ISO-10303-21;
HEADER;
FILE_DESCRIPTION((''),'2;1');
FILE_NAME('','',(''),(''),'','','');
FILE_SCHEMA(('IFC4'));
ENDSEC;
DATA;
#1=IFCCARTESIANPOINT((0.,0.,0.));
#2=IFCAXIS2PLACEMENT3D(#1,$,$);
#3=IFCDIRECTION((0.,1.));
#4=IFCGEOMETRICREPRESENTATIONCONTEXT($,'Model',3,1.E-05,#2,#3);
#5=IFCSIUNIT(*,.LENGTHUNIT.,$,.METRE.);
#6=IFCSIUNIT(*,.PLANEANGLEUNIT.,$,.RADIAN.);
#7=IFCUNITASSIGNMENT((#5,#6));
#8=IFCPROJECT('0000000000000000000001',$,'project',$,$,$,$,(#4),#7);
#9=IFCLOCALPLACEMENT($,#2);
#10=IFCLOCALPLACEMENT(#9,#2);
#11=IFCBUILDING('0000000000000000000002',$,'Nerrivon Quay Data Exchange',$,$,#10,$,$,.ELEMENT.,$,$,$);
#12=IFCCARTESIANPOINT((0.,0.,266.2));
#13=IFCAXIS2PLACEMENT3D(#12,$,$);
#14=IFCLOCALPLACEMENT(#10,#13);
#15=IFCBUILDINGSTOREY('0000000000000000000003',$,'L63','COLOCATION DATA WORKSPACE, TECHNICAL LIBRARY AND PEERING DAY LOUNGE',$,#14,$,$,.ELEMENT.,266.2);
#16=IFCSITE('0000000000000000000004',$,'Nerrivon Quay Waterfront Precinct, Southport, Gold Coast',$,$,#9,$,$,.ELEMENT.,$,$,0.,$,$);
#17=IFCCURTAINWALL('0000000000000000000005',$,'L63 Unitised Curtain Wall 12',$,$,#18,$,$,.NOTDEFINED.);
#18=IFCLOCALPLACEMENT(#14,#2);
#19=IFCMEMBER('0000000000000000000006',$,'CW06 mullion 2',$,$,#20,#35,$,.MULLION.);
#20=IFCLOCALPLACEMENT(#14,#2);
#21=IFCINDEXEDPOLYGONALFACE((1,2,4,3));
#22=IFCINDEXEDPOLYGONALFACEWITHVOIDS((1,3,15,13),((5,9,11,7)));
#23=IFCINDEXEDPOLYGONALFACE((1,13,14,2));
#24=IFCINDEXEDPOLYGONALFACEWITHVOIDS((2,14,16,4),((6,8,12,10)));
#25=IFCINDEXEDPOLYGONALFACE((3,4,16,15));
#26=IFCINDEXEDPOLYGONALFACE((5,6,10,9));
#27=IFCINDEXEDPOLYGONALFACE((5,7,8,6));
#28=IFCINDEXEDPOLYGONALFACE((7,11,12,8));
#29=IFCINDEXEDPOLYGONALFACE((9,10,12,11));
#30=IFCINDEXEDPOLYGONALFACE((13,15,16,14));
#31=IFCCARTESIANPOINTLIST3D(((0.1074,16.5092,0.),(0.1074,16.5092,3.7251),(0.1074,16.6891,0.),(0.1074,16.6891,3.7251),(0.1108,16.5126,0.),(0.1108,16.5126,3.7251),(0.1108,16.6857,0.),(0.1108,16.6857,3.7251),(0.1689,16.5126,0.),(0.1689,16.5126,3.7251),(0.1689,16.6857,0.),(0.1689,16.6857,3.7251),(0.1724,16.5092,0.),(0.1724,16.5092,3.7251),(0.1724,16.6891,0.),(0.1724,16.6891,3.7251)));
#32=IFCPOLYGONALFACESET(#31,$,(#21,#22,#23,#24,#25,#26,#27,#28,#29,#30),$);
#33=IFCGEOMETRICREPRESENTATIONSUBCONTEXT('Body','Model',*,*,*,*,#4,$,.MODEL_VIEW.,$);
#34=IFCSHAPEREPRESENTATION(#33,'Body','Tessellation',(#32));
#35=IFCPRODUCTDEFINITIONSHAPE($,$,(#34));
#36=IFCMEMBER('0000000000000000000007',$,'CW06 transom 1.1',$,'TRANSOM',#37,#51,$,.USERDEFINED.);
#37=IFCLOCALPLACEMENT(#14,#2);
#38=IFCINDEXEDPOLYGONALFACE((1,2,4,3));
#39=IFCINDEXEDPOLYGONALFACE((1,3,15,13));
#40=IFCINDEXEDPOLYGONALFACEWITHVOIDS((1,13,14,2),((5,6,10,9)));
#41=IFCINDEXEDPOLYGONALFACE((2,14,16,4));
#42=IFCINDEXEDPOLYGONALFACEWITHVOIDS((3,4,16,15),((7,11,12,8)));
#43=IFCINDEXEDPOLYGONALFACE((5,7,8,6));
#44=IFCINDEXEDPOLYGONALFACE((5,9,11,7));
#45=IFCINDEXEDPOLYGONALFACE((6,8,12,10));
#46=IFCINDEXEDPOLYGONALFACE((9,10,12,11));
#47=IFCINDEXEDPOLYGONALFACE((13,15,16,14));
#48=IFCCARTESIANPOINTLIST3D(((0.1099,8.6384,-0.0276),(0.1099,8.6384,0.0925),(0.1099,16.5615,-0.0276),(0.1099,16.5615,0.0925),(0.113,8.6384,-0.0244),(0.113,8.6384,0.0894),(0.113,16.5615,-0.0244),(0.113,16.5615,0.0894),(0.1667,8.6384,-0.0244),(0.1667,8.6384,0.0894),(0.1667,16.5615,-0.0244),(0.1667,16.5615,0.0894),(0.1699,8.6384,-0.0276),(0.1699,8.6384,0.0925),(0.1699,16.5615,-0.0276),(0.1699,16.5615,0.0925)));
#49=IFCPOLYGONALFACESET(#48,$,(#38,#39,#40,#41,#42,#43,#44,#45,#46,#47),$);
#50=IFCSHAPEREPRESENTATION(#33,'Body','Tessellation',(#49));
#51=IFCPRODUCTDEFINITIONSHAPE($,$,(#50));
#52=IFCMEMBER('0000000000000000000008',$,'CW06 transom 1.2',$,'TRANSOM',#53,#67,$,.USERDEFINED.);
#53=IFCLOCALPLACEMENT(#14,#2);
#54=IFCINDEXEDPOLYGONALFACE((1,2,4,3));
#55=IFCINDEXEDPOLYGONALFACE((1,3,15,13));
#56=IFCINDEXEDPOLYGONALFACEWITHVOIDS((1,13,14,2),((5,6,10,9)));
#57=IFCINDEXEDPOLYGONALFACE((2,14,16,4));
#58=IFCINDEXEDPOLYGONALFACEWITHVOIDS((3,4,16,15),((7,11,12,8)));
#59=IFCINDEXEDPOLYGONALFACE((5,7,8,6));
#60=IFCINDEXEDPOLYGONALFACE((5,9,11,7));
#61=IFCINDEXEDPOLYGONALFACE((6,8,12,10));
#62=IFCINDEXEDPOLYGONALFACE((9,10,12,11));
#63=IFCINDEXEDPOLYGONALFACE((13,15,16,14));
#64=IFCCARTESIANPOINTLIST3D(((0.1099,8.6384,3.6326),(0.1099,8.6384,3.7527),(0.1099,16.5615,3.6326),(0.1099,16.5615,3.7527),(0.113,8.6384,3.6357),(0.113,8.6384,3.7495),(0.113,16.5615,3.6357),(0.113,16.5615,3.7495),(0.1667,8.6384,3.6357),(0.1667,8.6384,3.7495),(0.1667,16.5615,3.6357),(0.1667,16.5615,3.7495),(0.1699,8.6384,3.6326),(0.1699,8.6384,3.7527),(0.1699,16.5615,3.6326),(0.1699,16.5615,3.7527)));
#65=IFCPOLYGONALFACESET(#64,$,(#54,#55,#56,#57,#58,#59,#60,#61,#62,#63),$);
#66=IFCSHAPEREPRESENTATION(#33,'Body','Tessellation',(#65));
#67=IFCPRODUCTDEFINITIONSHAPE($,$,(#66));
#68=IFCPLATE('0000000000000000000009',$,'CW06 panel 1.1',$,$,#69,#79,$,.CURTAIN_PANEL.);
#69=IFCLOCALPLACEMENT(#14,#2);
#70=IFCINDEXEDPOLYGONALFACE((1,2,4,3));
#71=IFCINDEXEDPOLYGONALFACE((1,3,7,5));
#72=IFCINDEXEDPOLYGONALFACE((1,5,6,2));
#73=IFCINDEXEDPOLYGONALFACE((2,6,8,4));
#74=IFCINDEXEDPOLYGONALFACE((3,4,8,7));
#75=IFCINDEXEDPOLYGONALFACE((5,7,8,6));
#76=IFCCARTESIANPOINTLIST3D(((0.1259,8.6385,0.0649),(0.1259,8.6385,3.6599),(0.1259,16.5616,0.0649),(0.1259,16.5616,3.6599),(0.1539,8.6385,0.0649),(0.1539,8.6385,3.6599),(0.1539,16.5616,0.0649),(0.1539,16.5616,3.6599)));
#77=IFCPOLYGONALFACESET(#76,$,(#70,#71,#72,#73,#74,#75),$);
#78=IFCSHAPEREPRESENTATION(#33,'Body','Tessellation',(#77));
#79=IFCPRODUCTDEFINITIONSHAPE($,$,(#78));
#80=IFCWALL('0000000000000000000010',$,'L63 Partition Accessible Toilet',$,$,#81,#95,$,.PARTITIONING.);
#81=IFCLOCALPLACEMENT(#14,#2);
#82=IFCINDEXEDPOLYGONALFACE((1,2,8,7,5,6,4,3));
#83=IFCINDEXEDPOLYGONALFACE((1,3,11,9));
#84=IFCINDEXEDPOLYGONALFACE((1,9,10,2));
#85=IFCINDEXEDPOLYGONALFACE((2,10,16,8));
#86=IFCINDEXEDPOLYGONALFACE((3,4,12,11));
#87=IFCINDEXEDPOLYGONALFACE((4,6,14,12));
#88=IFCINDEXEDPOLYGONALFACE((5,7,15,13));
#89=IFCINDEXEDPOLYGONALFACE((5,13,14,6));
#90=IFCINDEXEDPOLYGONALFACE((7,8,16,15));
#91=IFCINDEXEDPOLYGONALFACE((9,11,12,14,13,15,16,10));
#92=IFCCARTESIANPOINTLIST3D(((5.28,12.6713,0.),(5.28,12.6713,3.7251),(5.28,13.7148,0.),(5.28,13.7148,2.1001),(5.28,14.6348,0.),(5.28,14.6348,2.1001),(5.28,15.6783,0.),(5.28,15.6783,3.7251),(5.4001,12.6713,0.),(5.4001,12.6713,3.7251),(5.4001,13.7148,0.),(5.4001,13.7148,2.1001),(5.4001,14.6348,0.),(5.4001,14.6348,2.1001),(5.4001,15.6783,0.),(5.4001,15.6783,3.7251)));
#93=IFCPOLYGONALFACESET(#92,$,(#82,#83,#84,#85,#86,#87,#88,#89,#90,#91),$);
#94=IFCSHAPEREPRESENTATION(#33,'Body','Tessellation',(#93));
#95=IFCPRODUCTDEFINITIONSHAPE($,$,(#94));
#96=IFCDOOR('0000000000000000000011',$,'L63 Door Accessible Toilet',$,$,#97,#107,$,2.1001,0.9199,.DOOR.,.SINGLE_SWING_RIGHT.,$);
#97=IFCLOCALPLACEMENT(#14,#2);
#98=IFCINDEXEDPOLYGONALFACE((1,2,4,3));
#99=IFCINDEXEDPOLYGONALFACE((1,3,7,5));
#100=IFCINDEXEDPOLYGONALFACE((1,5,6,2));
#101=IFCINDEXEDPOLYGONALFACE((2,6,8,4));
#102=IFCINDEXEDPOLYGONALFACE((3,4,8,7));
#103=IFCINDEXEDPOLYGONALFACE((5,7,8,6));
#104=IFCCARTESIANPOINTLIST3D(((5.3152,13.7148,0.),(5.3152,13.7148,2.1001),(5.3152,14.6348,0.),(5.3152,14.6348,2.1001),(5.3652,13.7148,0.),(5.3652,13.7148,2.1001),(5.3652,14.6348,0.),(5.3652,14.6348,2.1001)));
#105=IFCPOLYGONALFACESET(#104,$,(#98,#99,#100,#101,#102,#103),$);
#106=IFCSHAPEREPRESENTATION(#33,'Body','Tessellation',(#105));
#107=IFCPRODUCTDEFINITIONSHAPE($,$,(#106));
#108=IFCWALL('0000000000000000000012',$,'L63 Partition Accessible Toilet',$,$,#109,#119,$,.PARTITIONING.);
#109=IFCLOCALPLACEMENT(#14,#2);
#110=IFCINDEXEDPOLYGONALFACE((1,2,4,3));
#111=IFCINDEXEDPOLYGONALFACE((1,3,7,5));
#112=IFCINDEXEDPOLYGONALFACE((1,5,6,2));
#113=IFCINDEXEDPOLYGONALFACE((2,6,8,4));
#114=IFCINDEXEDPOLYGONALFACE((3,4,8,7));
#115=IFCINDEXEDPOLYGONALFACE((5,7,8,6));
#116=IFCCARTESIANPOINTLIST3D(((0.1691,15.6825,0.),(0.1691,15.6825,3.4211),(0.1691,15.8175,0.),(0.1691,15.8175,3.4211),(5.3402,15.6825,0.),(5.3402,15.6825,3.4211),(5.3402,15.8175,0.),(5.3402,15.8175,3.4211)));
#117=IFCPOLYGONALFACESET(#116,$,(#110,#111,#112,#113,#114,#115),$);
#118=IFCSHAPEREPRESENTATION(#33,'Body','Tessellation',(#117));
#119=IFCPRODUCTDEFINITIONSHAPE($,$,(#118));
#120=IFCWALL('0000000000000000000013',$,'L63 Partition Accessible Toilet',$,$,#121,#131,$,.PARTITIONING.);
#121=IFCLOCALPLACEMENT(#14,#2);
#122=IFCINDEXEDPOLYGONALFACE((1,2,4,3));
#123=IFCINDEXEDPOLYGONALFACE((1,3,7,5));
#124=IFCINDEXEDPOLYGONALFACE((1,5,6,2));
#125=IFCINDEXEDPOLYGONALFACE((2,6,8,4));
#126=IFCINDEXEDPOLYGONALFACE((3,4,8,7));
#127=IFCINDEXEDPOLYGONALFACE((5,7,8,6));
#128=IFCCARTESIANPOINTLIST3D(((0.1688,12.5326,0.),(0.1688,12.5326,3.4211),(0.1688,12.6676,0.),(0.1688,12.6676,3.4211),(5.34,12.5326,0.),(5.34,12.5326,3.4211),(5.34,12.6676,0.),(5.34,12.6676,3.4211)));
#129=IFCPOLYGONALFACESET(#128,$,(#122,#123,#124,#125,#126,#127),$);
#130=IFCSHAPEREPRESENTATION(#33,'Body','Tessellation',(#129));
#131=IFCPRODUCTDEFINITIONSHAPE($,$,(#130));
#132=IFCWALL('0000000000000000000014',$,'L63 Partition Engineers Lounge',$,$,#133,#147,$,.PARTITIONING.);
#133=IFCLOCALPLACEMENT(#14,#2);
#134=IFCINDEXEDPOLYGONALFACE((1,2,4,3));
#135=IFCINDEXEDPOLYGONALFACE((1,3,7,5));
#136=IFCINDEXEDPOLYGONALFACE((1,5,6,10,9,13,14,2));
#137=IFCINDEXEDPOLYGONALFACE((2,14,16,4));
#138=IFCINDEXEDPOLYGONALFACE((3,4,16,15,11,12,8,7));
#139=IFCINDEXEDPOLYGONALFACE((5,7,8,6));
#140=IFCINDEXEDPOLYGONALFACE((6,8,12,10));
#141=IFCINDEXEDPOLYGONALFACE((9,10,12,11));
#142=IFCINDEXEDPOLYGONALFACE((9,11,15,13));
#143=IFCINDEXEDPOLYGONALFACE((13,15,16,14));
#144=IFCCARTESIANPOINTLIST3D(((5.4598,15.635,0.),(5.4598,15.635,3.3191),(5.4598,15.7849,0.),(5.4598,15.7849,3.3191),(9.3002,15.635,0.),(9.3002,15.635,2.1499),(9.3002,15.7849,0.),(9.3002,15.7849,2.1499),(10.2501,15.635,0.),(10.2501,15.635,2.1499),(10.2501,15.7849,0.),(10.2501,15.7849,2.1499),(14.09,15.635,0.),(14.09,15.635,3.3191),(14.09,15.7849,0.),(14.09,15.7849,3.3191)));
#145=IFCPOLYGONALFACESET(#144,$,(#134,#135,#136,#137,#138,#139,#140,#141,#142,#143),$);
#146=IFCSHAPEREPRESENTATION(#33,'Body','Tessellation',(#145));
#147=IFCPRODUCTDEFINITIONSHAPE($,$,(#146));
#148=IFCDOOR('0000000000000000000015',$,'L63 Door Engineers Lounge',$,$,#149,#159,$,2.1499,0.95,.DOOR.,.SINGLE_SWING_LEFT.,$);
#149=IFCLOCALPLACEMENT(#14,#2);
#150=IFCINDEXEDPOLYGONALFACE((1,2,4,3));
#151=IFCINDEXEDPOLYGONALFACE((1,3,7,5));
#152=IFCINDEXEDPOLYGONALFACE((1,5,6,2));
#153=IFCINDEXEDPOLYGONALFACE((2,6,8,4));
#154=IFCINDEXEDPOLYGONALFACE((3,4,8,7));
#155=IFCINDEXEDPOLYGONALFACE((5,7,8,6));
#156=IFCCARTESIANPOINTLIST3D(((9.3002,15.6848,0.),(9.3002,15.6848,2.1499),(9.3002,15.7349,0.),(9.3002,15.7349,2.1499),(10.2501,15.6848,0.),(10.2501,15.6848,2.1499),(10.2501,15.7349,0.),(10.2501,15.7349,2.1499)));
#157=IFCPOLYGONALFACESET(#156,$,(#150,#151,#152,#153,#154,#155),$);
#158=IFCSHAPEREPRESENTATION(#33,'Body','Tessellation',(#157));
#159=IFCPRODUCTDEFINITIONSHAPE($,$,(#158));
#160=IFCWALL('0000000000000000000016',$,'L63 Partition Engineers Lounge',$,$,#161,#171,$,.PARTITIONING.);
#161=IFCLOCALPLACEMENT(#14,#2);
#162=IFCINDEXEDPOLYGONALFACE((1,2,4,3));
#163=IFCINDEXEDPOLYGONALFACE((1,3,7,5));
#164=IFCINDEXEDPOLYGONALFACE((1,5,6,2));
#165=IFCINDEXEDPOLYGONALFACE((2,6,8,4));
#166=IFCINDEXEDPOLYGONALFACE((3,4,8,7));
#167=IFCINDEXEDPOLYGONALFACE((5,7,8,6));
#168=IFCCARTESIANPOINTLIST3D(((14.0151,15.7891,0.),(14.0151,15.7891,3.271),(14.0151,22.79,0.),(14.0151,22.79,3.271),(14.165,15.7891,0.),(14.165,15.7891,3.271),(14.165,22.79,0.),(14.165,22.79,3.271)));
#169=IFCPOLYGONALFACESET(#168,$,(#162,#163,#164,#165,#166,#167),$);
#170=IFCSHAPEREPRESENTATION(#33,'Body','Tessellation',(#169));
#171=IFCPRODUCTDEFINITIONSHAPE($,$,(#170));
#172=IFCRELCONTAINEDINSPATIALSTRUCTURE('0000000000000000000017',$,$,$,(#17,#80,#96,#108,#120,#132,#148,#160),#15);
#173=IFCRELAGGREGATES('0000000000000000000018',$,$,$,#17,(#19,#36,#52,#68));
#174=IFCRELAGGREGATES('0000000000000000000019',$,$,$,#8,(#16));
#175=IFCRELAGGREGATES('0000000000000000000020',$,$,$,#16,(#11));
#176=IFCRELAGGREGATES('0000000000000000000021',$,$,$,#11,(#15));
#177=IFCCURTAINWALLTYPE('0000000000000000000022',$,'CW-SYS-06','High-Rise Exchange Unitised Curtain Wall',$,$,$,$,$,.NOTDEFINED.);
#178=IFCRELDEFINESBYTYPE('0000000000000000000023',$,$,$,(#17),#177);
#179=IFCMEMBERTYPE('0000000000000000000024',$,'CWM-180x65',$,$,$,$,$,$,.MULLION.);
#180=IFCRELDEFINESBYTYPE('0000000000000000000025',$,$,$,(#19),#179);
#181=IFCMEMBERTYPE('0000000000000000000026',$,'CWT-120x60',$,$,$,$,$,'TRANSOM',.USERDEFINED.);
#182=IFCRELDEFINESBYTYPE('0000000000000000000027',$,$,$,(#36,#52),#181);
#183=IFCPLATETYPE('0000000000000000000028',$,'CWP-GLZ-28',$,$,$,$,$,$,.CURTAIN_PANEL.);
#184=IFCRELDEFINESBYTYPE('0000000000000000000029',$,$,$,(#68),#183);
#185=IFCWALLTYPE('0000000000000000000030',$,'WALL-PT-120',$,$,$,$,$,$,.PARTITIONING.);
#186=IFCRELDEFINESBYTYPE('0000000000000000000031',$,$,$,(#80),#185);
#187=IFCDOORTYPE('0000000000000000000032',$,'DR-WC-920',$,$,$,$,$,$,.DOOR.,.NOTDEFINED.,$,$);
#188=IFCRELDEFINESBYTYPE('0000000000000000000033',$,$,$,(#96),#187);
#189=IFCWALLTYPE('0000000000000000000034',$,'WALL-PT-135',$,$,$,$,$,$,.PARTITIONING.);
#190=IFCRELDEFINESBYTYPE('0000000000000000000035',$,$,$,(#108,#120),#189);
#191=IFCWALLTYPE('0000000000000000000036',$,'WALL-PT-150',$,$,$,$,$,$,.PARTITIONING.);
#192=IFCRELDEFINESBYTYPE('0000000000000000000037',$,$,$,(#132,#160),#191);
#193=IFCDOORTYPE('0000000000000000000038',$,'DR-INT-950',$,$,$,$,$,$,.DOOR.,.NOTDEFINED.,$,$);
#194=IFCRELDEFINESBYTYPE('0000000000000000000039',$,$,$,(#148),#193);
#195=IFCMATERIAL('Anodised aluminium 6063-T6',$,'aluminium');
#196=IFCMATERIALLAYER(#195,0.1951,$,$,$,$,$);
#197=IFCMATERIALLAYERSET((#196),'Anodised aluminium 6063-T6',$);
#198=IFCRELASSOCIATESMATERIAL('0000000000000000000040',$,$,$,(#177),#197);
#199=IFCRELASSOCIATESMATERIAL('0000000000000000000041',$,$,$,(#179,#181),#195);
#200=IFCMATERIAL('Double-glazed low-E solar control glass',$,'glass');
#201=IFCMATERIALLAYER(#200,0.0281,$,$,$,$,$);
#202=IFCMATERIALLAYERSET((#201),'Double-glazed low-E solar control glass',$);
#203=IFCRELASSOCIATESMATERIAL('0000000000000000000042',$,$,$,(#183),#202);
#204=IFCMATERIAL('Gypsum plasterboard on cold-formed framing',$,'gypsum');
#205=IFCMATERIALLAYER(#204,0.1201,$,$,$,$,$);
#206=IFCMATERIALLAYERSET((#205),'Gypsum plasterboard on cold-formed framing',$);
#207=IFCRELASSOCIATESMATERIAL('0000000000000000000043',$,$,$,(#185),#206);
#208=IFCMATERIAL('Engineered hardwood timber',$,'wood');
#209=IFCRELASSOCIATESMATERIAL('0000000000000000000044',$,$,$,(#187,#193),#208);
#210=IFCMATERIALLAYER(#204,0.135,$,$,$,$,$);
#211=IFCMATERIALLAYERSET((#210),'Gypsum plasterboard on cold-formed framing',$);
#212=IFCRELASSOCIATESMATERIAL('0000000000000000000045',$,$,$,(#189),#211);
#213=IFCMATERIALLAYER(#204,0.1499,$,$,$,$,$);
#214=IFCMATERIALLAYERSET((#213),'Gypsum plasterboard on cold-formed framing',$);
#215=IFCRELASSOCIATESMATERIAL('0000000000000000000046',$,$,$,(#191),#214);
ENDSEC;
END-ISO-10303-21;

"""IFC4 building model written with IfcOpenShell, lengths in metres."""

from ifc_helpers import new_model, si_unit, direction, frame, frame_2d, origin, origin_2d, place, context, subcontext, project, spatial, rectangle, hollow_rectangle, extrude, material, layer, layer_set, material_profile, profile_set, type_object, element, fill, aggregate, save


model = new_model("IFC4")

# Units and contexts
model_context = context("Model", 3, precision=1e-05, world=origin(), true_north=direction((0.0, 1.0)))
body_context = subcontext(model_context, "Body", "Model", "MODEL_VIEW")
ifc_project = project(units=[si_unit("LENGTHUNIT", "METRE"), si_unit("PLANEANGLEUNIT", "RADIAN")], contexts=[model_context])

# Site, building, storey
site_placement = place(None, origin())
site = spatial("IfcSite", under=ifc_project, at=site_placement, Name="Nerrivon Quay Waterfront Precinct, Southport, Gold Coast", CompositionType="ELEMENT", RefElevation=0.0)
building_placement = place(site_placement, origin())
building = spatial("IfcBuilding", under=site, at=building_placement, Name="Nerrivon Quay Data Exchange", CompositionType="ELEMENT")
storey_placement = place(building_placement, frame((0.0, 0.0, 266.2)))
storey = spatial("IfcBuildingStorey", under=building, at=storey_placement, Name="L63", Description="COLOCATION DATA WORKSPACE, TECHNICAL LIBRARY AND PEERING DAY LOUNGE", CompositionType="ELEMENT", Elevation=266.2)

# Curtain wall, members, plate
ifc_material_1 = material(Name="Anodised aluminium 6063-T6", Category="aluminium")
ifc_layer_1 = layer(ifc_material_1, 0.1951)
ifc_layer_set_1 = layer_set([ifc_layer_1], Name="Anodised aluminium 6063-T6")
curtain_wall_type = type_object("IfcCurtainWallType", Name="CW-SYS-06", Description="High-Rise Exchange Unitised Curtain Wall", PredefinedType="NOTDEFINED", material=ifc_layer_set_1)
curtain_wall_placement = place(storey_placement, origin())
curtain_wall = element("IfcCurtainWall", 1, at=curtain_wall_placement, inside=storey, type_object=curtain_wall_type, Name="L63 Unitised Curtain Wall 12", PredefinedType="NOTDEFINED")
ifc_material_profile_1 = material_profile(ifc_material_1, hollow_rectangle(XDim=0.0649, YDim=0.1799, WallThickness=0.0034, at=origin_2d()), Name="ALU-MULL-180x65")
ifc_profile_set_1 = profile_set([ifc_material_profile_1], Name="Anodised aluminium 6063-T6")
member_type_1 = type_object("IfcMemberType", Name="CWM-180x65", PredefinedType="MULLION", material=ifc_profile_set_1)
member_1_placement = place(storey_placement, frame((0.1399, 16.5991, 0.0), z_axis=(0.0, 0.0, 1.0), x_axis=(-1.0, 0.0, 0.0)))
member_1 = element("IfcMember", 2, at=member_1_placement, type_object=member_type_1, Name="CW06 mullion 2", PredefinedType="MULLION", context=body_context, shape_type="SweptSolid", body=[
    extrude(hollow_rectangle(XDim=0.0649, YDim=0.1799, WallThickness=0.0034, at=origin_2d()), origin(), (0.0, 0.0, 1.0), 3.7251),
])
ifc_material_profile_2 = material_profile(ifc_material_1, hollow_rectangle(XDim=0.0601, YDim=0.1201, WallThickness=0.0032, at=origin_2d()), Name="ALU-TRAN-120x60")
ifc_profile_set_2 = profile_set([ifc_material_profile_2], Name="Anodised aluminium 6063-T6")
member_type_2 = type_object("IfcMemberType", Name="CWT-120x60", ElementType="TRANSOM", PredefinedType="USERDEFINED", material=ifc_profile_set_2)
member_2_placement = place(storey_placement, frame((0.1399, 8.6384, 0.0325), z_axis=(0.0, 1.0, 0.0), x_axis=(-1.0, 0.0, 0.0)))
member_2 = element("IfcMember", 3, at=member_2_placement, type_object=member_type_2, Name="CW06 transom 1.1", ObjectType="TRANSOM", PredefinedType="USERDEFINED", context=body_context, shape_type="SweptSolid", body=[
    extrude(hollow_rectangle(XDim=0.0601, YDim=0.1201, WallThickness=0.0032, at=origin_2d()), origin(), (0.0, 0.0, 1.0), 7.9231),
])
member_3_placement = place(storey_placement, frame((0.1399, 8.6384, 3.6926), z_axis=(0.0, 1.0, 0.0), x_axis=(-1.0, 0.0, 0.0)))
member_3 = element("IfcMember", 4, at=member_3_placement, type_object=member_type_2, Name="CW06 transom 1.2", ObjectType="TRANSOM", PredefinedType="USERDEFINED", context=body_context, shape_type="SweptSolid", body=[
    extrude(hollow_rectangle(XDim=0.0601, YDim=0.1201, WallThickness=0.0032, at=origin_2d()), origin(), (0.0, 0.0, 1.0), 7.9231),
])
ifc_material_2 = material(Name="Double-glazed low-E solar control glass", Category="glass")
ifc_layer_2 = layer(ifc_material_2, 0.0281)
ifc_layer_set_2 = layer_set([ifc_layer_2], Name="Double-glazed low-E solar control glass")
plate_type = type_object("IfcPlateType", Name="CWP-GLZ-28", PredefinedType="CURTAIN_PANEL", material=ifc_layer_set_2)
plate_placement = place(storey_placement, frame((0.1399, 12.6001, 0.0649), z_axis=(0.0, 0.0, 1.0), x_axis=(0.0, 1.0, 0.0)))
plate = element("IfcPlate", 5, at=plate_placement, type_object=plate_type, Name="CW06 panel 1.1", PredefinedType="CURTAIN_PANEL", context=body_context, shape_type="SweptSolid", body=[
    extrude(rectangle(XDim=7.9231, YDim=0.0281, at=origin_2d()), origin(), (0.0, 0.0, 1.0), 3.595),
])
aggregate(curtain_wall, [member_1, member_2, member_3, plate])

# Wall, opening, door
ifc_material_3 = material(Name="Gypsum plasterboard on cold-formed framing", Category="gypsum")
ifc_layer_3 = layer(ifc_material_3, 0.1201)
ifc_layer_set_3 = layer_set([ifc_layer_3], Name="Gypsum plasterboard on cold-formed framing")
wall_type_1 = type_object("IfcWallType", Name="WALL-PT-120", PredefinedType="PARTITIONING", material=ifc_layer_set_3)
wall_1_placement = place(storey_placement, frame((5.3401, 12.6714, 0.0), z_axis=(0.0, 0.0, 1.0), x_axis=(0.0, 1.0, 0.0)))
wall_1 = element("IfcWall", 6, at=wall_1_placement, inside=storey, type_object=wall_type_1, Name="L63 Partition Accessible Toilet", PredefinedType="PARTITIONING", context=body_context, shape_type="SweptSolid", body=[
    extrude(rectangle(XDim=3.0071, YDim=0.1201, at=frame_2d((1.5034, 0.0))), origin(), (0.0, 0.0, 1.0), 3.7251),
])
opening_1_placement = place(wall_1_placement, frame((1.0435, 0.0, 0.0)))
opening_1 = element("IfcOpeningElement", 7, at=opening_1_placement, cuts=wall_1, PredefinedType="OPENING", context=body_context, shape_type="SweptSolid", body=[
    extrude(rectangle(XDim=0.9199, YDim=2.1001, at=frame_2d((0.46, 1.05))), frame((0.0, 0.0701, 0.0), z_axis=(0.0, -1.0, 0.0), x_axis=(1.0, 0.0, 0.0)), (0.0, 0.0, 1.0), 0.1401),
])
ifc_material_4 = material(Name="Engineered hardwood timber", Category="wood")
door_type_1 = type_object("IfcDoorType", Name="DR-WC-920", OperationType="NOTDEFINED", PredefinedType="DOOR", material=ifc_material_4)
door_1_placement = place(opening_1_placement, origin())
door_1 = element("IfcDoor", 8, at=door_1_placement, inside=storey, type_object=door_type_1, Name="L63 Door Accessible Toilet", OperationType="SINGLE_SWING_RIGHT", OverallHeight=2.1001, OverallWidth=0.9199, PredefinedType="DOOR", context=body_context, shape_type="SweptSolid", body=[
    extrude(rectangle(XDim=0.9199, YDim=2.1001, at=frame_2d((0.46, 1.05))), frame((0.0, 0.0249, 0.0), z_axis=(0.0, -1.0, 0.0), x_axis=(1.0, 0.0, 0.0)), (0.0, 0.0, 1.0), 0.05),
])
fill(opening_1, door_1)

# Walls
ifc_layer_4 = layer(ifc_material_3, 0.135)
ifc_layer_set_4 = layer_set([ifc_layer_4], Name="Gypsum plasterboard on cold-formed framing")
wall_type_2 = type_object("IfcWallType", Name="WALL-PT-135", PredefinedType="PARTITIONING", material=ifc_layer_set_4)
for number, where, z_axis, x_axis, name in (
    (9, (5.3401, 15.75, 0.0), (0.0, 0.0, 1.0), (-1.0, 0.0, 0.0), "L63 Partition Accessible Toilet"),
    (10, (0.1689, 12.6001, 0.0), (0.0, 0.0, 1.0), (1.0, 0.0, 0.0), "L63 Partition Accessible Toilet"),
):
    element("IfcWall", number, at=place(storey_placement, frame(where, z_axis=z_axis, x_axis=x_axis)), inside=storey, type_object=wall_type_2, Name=name, PredefinedType="PARTITIONING", context=body_context, shape_type="SweptSolid", body=[
        extrude(rectangle(XDim=5.1711, YDim=0.135, at=frame_2d((2.5854, 0.0))), origin(), (0.0, 0.0, 1.0), 3.4211),
    ])

# Wall, opening, door
ifc_layer_5 = layer(ifc_material_3, 0.1499)
ifc_layer_set_5 = layer_set([ifc_layer_5], Name="Gypsum plasterboard on cold-formed framing")
wall_type_3 = type_object("IfcWallType", Name="WALL-PT-150", PredefinedType="PARTITIONING", material=ifc_layer_set_5)
wall_2_placement = place(storey_placement, frame((5.46, 15.71, 0.0), z_axis=(0.0, 0.0, 1.0), x_axis=(1.0, 0.0, 0.0)))
wall_2 = element("IfcWall", 11, at=wall_2_placement, inside=storey, type_object=wall_type_3, Name="L63 Partition Engineers Lounge", PredefinedType="PARTITIONING", context=body_context, shape_type="SweptSolid", body=[
    extrude(rectangle(XDim=8.6301, YDim=0.1499, at=frame_2d((4.3149, 0.0))), origin(), (0.0, 0.0, 1.0), 3.3191),
])
opening_2_placement = place(wall_2_placement, frame((3.8401, 0.0, 0.0)))
opening_2 = element("IfcOpeningElement", 12, at=opening_2_placement, cuts=wall_2, PredefinedType="OPENING", context=body_context, shape_type="SweptSolid", body=[
    extrude(rectangle(XDim=0.95, YDim=2.1499, at=frame_2d((0.4751, 1.075))), frame((0.0, 0.085, 0.0), z_axis=(0.0, -1.0, 0.0), x_axis=(1.0, 0.0, 0.0)), (0.0, 0.0, 1.0), 0.1699),
])
door_type_2 = type_object("IfcDoorType", Name="DR-INT-950", OperationType="NOTDEFINED", PredefinedType="DOOR", material=ifc_material_4)
door_2_placement = place(opening_2_placement, origin())
door_2 = element("IfcDoor", 13, at=door_2_placement, inside=storey, type_object=door_type_2, Name="L63 Door Engineers Lounge", OperationType="SINGLE_SWING_LEFT", OverallHeight=2.1499, OverallWidth=0.95, PredefinedType="DOOR", context=body_context, shape_type="SweptSolid", body=[
    extrude(rectangle(XDim=0.95, YDim=2.1499, at=frame_2d((0.4751, 1.075))), frame((0.0, 0.0249, 0.0), z_axis=(0.0, -1.0, 0.0), x_axis=(1.0, 0.0, 0.0)), (0.0, 0.0, 1.0), 0.05),
])
fill(opening_2, door_2)

# Wall
wall_3_placement = place(storey_placement, frame((14.0901, 15.7891, 0.0), z_axis=(0.0, 0.0, 1.0), x_axis=(0.0, 1.0, 0.0)))
element("IfcWall", 14, at=wall_3_placement, inside=storey, type_object=wall_type_3, Name="L63 Partition Engineers Lounge", PredefinedType="PARTITIONING", context=body_context, shape_type="SweptSolid", body=[
    extrude(rectangle(XDim=7.001, YDim=0.1499, at=frame_2d((3.5005, 0.0))), origin(), (0.0, 0.0, 1.0), 3.271),
])

save(model, "model.ifc")
